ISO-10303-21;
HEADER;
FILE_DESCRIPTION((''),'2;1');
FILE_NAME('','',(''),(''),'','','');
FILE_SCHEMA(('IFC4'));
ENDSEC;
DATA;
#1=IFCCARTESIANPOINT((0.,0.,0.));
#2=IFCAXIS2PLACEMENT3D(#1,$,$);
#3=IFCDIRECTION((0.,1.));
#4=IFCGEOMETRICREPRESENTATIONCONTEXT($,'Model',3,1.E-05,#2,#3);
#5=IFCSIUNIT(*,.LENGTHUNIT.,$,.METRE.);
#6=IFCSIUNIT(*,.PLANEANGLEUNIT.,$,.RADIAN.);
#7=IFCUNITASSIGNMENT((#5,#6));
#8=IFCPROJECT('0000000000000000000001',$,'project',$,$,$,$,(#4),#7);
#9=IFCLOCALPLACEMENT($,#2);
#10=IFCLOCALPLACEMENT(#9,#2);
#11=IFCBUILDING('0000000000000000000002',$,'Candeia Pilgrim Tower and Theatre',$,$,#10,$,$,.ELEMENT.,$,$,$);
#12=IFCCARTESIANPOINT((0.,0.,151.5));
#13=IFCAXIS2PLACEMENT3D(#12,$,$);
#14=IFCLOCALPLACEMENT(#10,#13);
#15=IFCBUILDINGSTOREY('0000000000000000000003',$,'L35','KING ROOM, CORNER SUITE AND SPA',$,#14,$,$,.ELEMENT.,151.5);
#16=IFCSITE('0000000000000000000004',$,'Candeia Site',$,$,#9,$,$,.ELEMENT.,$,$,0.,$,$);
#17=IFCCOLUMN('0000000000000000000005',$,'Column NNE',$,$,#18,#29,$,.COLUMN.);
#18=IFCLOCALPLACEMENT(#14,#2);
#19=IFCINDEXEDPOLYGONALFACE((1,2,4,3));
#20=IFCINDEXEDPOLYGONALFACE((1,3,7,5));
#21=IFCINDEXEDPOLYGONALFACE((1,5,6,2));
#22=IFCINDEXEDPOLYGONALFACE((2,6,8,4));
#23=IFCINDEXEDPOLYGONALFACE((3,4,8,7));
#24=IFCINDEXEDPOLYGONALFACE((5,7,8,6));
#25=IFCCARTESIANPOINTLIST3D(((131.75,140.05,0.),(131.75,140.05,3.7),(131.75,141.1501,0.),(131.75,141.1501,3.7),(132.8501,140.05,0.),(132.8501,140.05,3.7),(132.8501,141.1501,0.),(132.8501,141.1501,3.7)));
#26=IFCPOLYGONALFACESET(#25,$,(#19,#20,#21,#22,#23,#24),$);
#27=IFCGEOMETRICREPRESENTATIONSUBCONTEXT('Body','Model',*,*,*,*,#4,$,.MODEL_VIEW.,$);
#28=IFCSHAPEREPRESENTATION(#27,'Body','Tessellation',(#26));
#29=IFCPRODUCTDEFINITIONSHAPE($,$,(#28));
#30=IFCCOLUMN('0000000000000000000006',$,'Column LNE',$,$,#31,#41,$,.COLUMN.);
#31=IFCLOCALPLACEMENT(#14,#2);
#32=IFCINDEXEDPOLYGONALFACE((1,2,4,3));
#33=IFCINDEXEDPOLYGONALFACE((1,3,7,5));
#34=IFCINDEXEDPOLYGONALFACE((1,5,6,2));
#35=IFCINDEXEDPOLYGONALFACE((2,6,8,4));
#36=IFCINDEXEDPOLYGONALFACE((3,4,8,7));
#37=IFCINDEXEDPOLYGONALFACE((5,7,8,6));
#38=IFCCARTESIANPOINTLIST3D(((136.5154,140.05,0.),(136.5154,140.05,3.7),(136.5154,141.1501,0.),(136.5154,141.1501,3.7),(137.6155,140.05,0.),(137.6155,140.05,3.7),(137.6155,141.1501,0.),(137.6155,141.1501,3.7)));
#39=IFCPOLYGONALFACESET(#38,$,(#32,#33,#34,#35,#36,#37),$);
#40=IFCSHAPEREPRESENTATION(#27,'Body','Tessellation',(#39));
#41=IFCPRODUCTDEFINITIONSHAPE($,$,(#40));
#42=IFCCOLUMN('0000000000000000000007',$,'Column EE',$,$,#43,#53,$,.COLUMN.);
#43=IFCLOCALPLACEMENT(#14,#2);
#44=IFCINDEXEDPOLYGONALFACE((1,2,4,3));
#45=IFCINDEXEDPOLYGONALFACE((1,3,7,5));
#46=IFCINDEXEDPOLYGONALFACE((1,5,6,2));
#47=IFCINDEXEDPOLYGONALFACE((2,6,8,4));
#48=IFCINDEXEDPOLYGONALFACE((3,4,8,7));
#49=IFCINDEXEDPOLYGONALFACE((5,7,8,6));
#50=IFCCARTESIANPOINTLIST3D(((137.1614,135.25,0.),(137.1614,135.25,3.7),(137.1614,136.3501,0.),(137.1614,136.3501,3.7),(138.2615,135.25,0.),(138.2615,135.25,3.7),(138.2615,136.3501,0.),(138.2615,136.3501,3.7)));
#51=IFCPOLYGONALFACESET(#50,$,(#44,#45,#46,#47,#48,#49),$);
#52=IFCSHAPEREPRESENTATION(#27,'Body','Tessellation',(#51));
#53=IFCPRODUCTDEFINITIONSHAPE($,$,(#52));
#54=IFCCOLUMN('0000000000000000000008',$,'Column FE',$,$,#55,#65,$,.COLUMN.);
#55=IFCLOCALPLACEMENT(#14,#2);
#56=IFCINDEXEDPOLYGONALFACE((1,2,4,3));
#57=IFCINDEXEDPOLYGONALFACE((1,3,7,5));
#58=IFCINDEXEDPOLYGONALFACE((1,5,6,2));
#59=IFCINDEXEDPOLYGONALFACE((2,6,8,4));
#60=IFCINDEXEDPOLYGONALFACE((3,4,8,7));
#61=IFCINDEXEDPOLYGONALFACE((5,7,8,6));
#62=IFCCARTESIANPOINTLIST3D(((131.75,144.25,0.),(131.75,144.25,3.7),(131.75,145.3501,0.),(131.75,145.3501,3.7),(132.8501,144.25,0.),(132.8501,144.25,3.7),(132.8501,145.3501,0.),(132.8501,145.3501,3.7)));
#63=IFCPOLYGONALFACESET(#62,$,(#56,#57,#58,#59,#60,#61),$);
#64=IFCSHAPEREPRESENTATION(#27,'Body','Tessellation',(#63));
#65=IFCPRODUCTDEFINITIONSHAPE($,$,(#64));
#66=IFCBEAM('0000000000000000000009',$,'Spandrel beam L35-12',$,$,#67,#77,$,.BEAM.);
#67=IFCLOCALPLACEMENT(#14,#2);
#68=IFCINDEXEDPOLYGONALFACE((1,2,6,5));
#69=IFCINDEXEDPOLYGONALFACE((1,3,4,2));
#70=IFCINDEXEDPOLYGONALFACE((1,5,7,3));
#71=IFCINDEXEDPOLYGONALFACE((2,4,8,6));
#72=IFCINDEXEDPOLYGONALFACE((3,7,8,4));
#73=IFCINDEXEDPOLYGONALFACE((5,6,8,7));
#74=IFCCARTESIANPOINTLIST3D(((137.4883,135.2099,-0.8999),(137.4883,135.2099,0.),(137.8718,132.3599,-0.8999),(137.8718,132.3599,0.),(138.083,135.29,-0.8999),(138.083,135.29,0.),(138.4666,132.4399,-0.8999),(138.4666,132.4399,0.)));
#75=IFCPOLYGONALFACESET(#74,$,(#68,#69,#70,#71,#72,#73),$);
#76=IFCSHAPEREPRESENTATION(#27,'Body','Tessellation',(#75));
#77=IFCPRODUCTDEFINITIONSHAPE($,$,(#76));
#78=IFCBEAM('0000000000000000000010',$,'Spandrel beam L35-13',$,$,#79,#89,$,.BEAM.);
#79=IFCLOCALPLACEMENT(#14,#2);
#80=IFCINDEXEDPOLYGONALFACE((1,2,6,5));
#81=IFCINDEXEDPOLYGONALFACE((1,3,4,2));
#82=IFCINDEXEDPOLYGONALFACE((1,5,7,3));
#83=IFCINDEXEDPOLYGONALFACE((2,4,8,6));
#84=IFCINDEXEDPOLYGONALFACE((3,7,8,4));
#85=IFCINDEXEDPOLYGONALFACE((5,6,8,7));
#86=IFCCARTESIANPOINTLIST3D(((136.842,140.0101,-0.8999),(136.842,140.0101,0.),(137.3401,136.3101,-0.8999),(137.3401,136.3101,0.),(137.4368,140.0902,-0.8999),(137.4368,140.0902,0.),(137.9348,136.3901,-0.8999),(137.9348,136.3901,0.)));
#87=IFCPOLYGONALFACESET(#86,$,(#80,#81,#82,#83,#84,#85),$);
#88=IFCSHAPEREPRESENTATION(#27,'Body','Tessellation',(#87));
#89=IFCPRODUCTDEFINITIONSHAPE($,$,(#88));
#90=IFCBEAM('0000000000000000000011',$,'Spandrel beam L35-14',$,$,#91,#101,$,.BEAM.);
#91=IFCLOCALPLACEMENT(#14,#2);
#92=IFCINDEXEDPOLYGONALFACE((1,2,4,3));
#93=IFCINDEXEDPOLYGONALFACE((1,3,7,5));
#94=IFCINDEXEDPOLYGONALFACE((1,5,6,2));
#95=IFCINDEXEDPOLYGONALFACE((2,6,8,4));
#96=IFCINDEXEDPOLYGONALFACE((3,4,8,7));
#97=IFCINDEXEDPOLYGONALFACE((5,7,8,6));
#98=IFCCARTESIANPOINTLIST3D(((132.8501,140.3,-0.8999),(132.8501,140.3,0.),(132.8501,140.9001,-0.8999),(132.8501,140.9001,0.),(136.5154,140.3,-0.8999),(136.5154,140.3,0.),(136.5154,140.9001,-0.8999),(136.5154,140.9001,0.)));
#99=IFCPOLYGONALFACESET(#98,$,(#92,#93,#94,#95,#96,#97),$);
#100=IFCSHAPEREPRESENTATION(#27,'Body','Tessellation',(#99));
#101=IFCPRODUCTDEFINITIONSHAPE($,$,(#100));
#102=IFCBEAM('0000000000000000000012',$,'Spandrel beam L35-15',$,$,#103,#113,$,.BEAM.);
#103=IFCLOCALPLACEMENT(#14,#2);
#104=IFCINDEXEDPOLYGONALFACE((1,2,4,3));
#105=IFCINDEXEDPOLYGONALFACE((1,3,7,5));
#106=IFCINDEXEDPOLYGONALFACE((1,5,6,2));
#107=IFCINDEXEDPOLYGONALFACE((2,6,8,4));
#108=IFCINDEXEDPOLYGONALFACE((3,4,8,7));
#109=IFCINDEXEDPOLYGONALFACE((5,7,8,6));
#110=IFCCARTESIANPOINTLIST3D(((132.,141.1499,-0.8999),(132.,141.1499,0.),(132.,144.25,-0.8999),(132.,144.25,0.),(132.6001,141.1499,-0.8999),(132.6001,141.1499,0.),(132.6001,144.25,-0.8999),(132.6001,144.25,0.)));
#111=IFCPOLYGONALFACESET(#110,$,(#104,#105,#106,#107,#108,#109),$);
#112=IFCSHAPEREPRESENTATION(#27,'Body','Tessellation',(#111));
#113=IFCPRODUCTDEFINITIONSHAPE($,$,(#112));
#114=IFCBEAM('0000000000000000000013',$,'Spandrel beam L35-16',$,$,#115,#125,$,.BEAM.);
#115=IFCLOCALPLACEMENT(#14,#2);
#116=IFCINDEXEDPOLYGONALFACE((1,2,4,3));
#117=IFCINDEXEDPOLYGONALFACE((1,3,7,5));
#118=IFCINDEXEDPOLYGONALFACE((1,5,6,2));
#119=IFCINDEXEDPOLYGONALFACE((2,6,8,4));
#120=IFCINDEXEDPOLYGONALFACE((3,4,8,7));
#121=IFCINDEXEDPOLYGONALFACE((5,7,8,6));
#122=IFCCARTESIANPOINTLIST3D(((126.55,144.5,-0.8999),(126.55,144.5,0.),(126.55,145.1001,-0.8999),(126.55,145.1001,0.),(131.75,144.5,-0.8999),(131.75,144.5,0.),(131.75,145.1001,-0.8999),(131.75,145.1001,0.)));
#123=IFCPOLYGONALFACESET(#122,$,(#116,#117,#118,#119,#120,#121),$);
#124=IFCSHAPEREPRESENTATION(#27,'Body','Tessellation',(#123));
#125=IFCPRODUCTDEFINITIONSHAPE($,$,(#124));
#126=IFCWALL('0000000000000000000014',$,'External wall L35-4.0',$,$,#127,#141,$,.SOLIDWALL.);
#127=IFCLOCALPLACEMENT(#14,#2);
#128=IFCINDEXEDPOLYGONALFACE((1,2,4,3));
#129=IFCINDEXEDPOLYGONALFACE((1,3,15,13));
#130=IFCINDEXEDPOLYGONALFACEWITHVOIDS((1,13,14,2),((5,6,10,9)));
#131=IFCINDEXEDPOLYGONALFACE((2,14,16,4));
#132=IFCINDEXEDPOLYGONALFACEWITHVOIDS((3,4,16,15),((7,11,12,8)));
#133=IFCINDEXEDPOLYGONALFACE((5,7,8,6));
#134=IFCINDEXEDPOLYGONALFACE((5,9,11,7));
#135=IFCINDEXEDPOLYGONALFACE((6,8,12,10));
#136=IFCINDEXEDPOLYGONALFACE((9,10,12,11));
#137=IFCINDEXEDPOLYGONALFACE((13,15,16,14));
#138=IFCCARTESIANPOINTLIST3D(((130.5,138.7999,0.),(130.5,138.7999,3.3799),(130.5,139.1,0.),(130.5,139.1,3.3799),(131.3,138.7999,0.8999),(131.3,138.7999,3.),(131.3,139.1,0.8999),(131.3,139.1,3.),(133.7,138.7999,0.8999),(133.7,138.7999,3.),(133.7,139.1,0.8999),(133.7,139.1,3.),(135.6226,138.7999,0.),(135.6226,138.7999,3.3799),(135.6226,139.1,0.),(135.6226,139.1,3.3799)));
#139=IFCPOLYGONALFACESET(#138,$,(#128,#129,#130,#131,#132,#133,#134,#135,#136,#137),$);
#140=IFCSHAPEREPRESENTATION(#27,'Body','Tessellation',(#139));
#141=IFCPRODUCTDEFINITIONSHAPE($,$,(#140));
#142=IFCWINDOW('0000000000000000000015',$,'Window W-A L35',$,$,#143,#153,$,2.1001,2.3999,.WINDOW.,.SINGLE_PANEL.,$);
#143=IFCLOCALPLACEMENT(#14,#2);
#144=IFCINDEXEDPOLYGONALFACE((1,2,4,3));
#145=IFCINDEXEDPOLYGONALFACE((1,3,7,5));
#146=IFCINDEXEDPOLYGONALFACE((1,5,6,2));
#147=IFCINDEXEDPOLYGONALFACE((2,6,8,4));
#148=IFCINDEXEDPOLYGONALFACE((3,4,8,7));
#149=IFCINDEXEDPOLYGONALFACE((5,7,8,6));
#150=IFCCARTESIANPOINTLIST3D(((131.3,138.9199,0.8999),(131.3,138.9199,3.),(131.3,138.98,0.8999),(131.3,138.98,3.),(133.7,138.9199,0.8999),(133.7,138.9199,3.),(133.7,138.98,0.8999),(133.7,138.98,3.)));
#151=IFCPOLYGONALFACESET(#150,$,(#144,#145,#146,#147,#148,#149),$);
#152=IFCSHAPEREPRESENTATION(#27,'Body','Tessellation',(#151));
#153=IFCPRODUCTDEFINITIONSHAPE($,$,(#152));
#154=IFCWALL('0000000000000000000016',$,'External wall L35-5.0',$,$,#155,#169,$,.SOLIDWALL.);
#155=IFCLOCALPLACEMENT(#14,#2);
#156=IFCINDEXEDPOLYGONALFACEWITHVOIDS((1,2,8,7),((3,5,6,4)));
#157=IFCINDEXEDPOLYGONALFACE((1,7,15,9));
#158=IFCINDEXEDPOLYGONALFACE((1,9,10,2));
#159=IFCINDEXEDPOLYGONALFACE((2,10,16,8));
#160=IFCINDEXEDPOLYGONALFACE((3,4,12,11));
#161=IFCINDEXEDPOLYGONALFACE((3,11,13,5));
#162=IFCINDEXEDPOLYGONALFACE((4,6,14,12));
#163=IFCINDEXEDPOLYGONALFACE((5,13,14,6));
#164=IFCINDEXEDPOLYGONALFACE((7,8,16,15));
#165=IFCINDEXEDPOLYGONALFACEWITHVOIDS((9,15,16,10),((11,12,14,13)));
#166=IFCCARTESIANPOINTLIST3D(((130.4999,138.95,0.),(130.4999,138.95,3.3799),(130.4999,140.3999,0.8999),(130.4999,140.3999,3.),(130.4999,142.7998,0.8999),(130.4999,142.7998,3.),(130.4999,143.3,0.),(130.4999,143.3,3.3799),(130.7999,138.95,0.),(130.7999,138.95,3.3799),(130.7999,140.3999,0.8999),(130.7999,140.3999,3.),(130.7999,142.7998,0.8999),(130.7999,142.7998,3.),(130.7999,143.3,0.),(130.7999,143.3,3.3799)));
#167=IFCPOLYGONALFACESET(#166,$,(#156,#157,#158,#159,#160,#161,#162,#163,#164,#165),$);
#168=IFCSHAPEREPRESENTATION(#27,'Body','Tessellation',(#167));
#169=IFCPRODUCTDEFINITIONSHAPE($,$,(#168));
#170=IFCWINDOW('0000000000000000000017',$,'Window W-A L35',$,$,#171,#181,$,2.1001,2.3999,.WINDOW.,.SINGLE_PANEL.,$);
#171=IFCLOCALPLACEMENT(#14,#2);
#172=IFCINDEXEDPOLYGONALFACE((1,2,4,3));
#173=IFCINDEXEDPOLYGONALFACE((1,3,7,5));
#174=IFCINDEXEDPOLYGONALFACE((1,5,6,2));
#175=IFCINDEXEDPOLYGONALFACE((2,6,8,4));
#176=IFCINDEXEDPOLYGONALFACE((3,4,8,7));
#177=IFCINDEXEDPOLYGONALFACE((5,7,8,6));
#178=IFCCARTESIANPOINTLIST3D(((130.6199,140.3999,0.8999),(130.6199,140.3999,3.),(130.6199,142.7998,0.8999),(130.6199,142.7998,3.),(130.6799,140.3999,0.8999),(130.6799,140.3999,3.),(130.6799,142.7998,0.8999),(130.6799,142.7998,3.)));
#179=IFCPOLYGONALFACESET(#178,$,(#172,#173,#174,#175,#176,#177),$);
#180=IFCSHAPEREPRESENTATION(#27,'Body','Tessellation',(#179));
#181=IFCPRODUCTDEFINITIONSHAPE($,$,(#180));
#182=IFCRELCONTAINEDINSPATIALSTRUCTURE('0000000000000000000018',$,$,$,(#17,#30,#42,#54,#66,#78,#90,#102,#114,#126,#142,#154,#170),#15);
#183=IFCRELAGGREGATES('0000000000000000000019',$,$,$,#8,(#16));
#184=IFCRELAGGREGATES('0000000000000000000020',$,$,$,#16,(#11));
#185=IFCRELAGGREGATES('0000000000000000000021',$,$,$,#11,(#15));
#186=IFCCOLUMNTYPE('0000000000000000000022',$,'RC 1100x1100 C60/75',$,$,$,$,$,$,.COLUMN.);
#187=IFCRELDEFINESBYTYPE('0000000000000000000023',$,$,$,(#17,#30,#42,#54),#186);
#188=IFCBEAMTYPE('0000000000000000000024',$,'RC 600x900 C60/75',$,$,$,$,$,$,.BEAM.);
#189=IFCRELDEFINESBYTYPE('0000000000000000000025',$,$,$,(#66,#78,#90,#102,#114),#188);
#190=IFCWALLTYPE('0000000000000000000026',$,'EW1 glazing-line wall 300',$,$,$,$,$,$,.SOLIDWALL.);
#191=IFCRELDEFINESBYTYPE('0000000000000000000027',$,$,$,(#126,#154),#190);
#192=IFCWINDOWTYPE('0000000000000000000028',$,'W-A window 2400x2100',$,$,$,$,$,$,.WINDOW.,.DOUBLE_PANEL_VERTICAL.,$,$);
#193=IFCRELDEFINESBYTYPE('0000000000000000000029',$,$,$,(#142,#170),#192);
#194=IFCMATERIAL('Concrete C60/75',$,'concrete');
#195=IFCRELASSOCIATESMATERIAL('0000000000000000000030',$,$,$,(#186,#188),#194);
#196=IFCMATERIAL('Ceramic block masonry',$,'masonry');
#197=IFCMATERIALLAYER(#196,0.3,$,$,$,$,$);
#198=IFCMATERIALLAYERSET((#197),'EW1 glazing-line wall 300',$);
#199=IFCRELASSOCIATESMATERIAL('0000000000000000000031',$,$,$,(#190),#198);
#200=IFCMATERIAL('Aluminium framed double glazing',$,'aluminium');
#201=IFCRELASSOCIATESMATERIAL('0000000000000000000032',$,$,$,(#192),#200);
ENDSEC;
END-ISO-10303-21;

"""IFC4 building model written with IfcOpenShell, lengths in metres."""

from ifc_helpers import new_model, si_unit, direction, frame, frame_2d, origin, origin_2d, place, context, subcontext, project, spatial, rectangle, extrude, material, layer, layer_set, material_profile, profile_set, type_object, element, fill, save


model = new_model("IFC4")

# Units and contexts
model_context = context("Model", 3, precision=1e-05, world=origin(), true_north=direction((0.0, 1.0)))
body_context = subcontext(model_context, "Body", "Model", "MODEL_VIEW")
ifc_project = project(units=[si_unit("LENGTHUNIT", "METRE"), si_unit("PLANEANGLEUNIT", "RADIAN")], contexts=[model_context])

# Site, building, storey
site_placement = place(None, origin())
site = spatial("IfcSite", under=ifc_project, at=site_placement, Name="Candeia Site", CompositionType="ELEMENT", RefElevation=0.0)
building_placement = place(site_placement, origin())
building = spatial("IfcBuilding", under=site, at=building_placement, Name="Candeia Pilgrim Tower and Theatre", CompositionType="ELEMENT")
storey_placement = place(building_placement, frame((0.0, 0.0, 151.5)))
storey = spatial("IfcBuildingStorey", under=building, at=storey_placement, Name="L35", Description="KING ROOM, CORNER SUITE AND SPA", CompositionType="ELEMENT", Elevation=151.5)

# Columns
ifc_material_1 = material(Name="Concrete C60/75", Category="concrete")
ifc_material_profile_1 = material_profile(ifc_material_1, rectangle(XDim=1.1001, YDim=1.1001, at=origin_2d()))
ifc_profile_set_1 = profile_set([ifc_material_profile_1], Name="Concrete C60/75")
column_type = type_object("IfcColumnType", Name="RC 1100x1100 C60/75", PredefinedType="COLUMN", material=ifc_profile_set_1)
for number, where, z_axis, x_axis, name in (
    (1, (132.3, 140.6001, 0.0), (0.0, 0.0, 1.0), (1.0, 0.0, 0.0), "Column NNE"),
    (2, (137.0654, 140.6001, 0.0), (0.0, 0.0, 1.0), (1.0, 0.0, 0.0), "Column LNE"),
    (3, (137.7114, 135.8, 0.0), (0.0, 0.0, 1.0), (1.0, 0.0, 0.0), "Column EE"),
    (4, (132.3, 144.8, 0.0), (0.0, 0.0, 1.0), (1.0, 0.0, 0.0), "Column FE"),
):
    element("IfcColumn", number, at=place(storey_placement, frame(where, z_axis=z_axis, x_axis=x_axis)), inside=storey, type_object=column_type, Name=name, PredefinedType="COLUMN", context=body_context, shape_type="SweptSolid", body=[
        extrude(rectangle(XDim=1.1001, YDim=1.1001, at=origin_2d()), origin(), (0.0, 0.0, 1.0), 3.7),
    ])

# Beams
ifc_material_profile_2 = material_profile(ifc_material_1, rectangle(XDim=0.6001, YDim=0.8999, at=origin_2d()))
ifc_profile_set_2 = profile_set([ifc_material_profile_2], Name="Concrete C60/75")
beam_type = type_object("IfcBeamType", Name="RC 600x900 C60/75", PredefinedType="BEAM", material=ifc_profile_set_2)
beam_1_placement = place(storey_placement, frame((138.1692, 132.3999, -0.45), z_axis=(-0.13337, 0.991066, 0.0), x_axis=(-0.991066, -0.13337, 0.0)))
element("IfcBeam", 5, at=beam_1_placement, inside=storey, type_object=beam_type, Name="Spandrel beam L35-12", PredefinedType="BEAM", context=body_context, shape_type="SweptSolid", body=[
    extrude(rectangle(XDim=0.6001, YDim=0.8999, at=origin_2d()), origin(), (0.0, 0.0, 1.0), 2.8757),
])
beam_2_placement = place(storey_placement, frame((137.6375, 136.3501, -0.45), z_axis=(-0.133406, 0.991061, 0.0), x_axis=(-0.991061, -0.133406, 0.0)))
element("IfcBeam", 6, at=beam_2_placement, inside=storey, type_object=beam_type, Name="Spandrel beam L35-13", PredefinedType="BEAM", context=body_context, shape_type="SweptSolid", body=[
    extrude(rectangle(XDim=0.6001, YDim=0.8999, at=origin_2d()), origin(), (0.0, 0.0, 1.0), 3.7334),
])
beam_3_placement = place(storey_placement, frame((136.5154, 140.6001, -0.45), z_axis=(-1.0, 0.0, 0.0), x_axis=(0.0, -1.0, 0.0)))
element("IfcBeam", 7, at=beam_3_placement, inside=storey, type_object=beam_type, Name="Spandrel beam L35-14", PredefinedType="BEAM", context=body_context, shape_type="SweptSolid", body=[
    extrude(rectangle(XDim=0.6001, YDim=0.8999, at=origin_2d()), origin(), (0.0, 0.0, 1.0), 3.6653),
])
beam_4_placement = place(storey_placement, frame((132.3, 141.1499, -0.45), z_axis=(0.0, 1.0, 0.0), x_axis=(-1.0, 0.0, 0.0)))
element("IfcBeam", 8, at=beam_4_placement, inside=storey, type_object=beam_type, Name="Spandrel beam L35-15", PredefinedType="BEAM", context=body_context, shape_type="SweptSolid", body=[
    extrude(rectangle(XDim=0.6001, YDim=0.8999, at=origin_2d()), origin(), (0.0, 0.0, 1.0), 3.1001),
])
beam_5_placement = place(storey_placement, frame((131.75, 144.8, -0.45), z_axis=(-1.0, 0.0, 0.0), x_axis=(0.0, -1.0, 0.0)))
element("IfcBeam", 9, at=beam_5_placement, inside=storey, type_object=beam_type, Name="Spandrel beam L35-16", PredefinedType="BEAM", context=body_context, shape_type="SweptSolid", body=[
    extrude(rectangle(XDim=0.6001, YDim=0.8999, at=origin_2d()), origin(), (0.0, 0.0, 1.0), 5.2),
])

# Walls, openings, windows
ifc_material_2 = material(Name="Ceramic block masonry", Category="masonry")
ifc_layer_1 = layer(ifc_material_2, 0.3)
ifc_layer_set_1 = layer_set([ifc_layer_1], Name="EW1 glazing-line wall 300")
wall_type_1 = type_object("IfcWallType", Name="EW1 glazing-line wall 300", PredefinedType="SOLIDWALL", material=ifc_layer_set_1)
wall_1_placement = place(storey_placement, frame((135.6226, 138.95, 0.0), z_axis=(0.0, 0.0, 1.0), x_axis=(-1.0, 0.0, 0.0)))
wall_1 = element("IfcWall", 10, at=wall_1_placement, inside=storey, type_object=wall_type_1, Name="External wall L35-4.0", PredefinedType="SOLIDWALL", context=body_context, shape_type="SweptSolid", body=[
    extrude(rectangle(XDim=5.1226, YDim=0.3, at=frame_2d((2.5613, 0.0))), origin(), (0.0, 0.0, 1.0), 3.3799),
])
opening_1_placement = place(wall_1_placement, frame((1.9226, 0.0, 0.8999)))
opening_1 = element("IfcOpeningElement", 11, at=opening_1_placement, cuts=wall_1, PredefinedType="OPENING", context=body_context, shape_type="SweptSolid", body=[
    extrude(rectangle(XDim=2.3999, YDim=2.1001, at=frame_2d((1.2, 1.05))), frame((0.0, 0.1602, 0.0), z_axis=(0.0, -1.0, 0.0), x_axis=(1.0, 0.0, 0.0)), (0.0, 0.0, 1.0), 0.3201),
])
ifc_material_3 = material(Name="Aluminium framed double glazing", Category="aluminium")
window_type = type_object("IfcWindowType", Name="W-A window 2400x2100", PartitioningType="DOUBLE_PANEL_VERTICAL", PredefinedType="WINDOW", material=ifc_material_3)
window_1_placement = place(opening_1_placement, origin())
window_1 = element("IfcWindow", 12, at=window_1_placement, inside=storey, type_object=window_type, Name="Window W-A L35", OverallHeight=2.1001, OverallWidth=2.3999, PartitioningType="SINGLE_PANEL", PredefinedType="WINDOW", context=body_context, shape_type="SweptSolid", body=[
    extrude(rectangle(XDim=2.3999, YDim=2.1001, at=frame_2d((1.2, 1.05))), frame((0.0, 0.03, 0.0), z_axis=(0.0, -1.0, 0.0), x_axis=(1.0, 0.0, 0.0)), (0.0, 0.0, 1.0), 0.0601),
])
fill(opening_1, window_1)
wall_2_placement = place(storey_placement, frame((130.6499, 138.95, 0.0), z_axis=(0.0, 0.0, 1.0), x_axis=(0.0, 1.0, 0.0)))
wall_2 = element("IfcWall", 13, at=wall_2_placement, inside=storey, type_object=wall_type_1, Name="External wall L35-5.0", PredefinedType="SOLIDWALL", context=body_context, shape_type="SweptSolid", body=[
    extrude(rectangle(XDim=4.3501, YDim=0.3, at=frame_2d((2.175, 0.0))), origin(), (0.0, 0.0, 1.0), 3.3799),
])
opening_2_placement = place(wall_2_placement, frame((1.45, 0.0, 0.8999)))
opening_2 = element("IfcOpeningElement", 14, at=opening_2_placement, cuts=wall_2, PredefinedType="OPENING", context=body_context, shape_type="SweptSolid", body=[
    extrude(rectangle(XDim=2.3999, YDim=2.1001, at=frame_2d((1.2, 1.05))), frame((0.0, 0.1602, 0.0), z_axis=(0.0, -1.0, 0.0), x_axis=(1.0, 0.0, 0.0)), (0.0, 0.0, 1.0), 0.3201),
])
window_2_placement = place(opening_2_placement, origin())
window_2 = element("IfcWindow", 15, at=window_2_placement, inside=storey, type_object=window_type, Name="Window W-A L35", OverallHeight=2.1001, OverallWidth=2.3999, PartitioningType="SINGLE_PANEL", PredefinedType="WINDOW", context=body_context, shape_type="SweptSolid", body=[
    extrude(rectangle(XDim=2.3999, YDim=2.1001, at=frame_2d((1.2, 1.05))), frame((0.0, 0.03, 0.0), z_axis=(0.0, -1.0, 0.0), x_axis=(1.0, 0.0, 0.0)), (0.0, 0.0, 1.0), 0.0601),
])
fill(opening_2, window_2)

save(model, "model.ifc")
